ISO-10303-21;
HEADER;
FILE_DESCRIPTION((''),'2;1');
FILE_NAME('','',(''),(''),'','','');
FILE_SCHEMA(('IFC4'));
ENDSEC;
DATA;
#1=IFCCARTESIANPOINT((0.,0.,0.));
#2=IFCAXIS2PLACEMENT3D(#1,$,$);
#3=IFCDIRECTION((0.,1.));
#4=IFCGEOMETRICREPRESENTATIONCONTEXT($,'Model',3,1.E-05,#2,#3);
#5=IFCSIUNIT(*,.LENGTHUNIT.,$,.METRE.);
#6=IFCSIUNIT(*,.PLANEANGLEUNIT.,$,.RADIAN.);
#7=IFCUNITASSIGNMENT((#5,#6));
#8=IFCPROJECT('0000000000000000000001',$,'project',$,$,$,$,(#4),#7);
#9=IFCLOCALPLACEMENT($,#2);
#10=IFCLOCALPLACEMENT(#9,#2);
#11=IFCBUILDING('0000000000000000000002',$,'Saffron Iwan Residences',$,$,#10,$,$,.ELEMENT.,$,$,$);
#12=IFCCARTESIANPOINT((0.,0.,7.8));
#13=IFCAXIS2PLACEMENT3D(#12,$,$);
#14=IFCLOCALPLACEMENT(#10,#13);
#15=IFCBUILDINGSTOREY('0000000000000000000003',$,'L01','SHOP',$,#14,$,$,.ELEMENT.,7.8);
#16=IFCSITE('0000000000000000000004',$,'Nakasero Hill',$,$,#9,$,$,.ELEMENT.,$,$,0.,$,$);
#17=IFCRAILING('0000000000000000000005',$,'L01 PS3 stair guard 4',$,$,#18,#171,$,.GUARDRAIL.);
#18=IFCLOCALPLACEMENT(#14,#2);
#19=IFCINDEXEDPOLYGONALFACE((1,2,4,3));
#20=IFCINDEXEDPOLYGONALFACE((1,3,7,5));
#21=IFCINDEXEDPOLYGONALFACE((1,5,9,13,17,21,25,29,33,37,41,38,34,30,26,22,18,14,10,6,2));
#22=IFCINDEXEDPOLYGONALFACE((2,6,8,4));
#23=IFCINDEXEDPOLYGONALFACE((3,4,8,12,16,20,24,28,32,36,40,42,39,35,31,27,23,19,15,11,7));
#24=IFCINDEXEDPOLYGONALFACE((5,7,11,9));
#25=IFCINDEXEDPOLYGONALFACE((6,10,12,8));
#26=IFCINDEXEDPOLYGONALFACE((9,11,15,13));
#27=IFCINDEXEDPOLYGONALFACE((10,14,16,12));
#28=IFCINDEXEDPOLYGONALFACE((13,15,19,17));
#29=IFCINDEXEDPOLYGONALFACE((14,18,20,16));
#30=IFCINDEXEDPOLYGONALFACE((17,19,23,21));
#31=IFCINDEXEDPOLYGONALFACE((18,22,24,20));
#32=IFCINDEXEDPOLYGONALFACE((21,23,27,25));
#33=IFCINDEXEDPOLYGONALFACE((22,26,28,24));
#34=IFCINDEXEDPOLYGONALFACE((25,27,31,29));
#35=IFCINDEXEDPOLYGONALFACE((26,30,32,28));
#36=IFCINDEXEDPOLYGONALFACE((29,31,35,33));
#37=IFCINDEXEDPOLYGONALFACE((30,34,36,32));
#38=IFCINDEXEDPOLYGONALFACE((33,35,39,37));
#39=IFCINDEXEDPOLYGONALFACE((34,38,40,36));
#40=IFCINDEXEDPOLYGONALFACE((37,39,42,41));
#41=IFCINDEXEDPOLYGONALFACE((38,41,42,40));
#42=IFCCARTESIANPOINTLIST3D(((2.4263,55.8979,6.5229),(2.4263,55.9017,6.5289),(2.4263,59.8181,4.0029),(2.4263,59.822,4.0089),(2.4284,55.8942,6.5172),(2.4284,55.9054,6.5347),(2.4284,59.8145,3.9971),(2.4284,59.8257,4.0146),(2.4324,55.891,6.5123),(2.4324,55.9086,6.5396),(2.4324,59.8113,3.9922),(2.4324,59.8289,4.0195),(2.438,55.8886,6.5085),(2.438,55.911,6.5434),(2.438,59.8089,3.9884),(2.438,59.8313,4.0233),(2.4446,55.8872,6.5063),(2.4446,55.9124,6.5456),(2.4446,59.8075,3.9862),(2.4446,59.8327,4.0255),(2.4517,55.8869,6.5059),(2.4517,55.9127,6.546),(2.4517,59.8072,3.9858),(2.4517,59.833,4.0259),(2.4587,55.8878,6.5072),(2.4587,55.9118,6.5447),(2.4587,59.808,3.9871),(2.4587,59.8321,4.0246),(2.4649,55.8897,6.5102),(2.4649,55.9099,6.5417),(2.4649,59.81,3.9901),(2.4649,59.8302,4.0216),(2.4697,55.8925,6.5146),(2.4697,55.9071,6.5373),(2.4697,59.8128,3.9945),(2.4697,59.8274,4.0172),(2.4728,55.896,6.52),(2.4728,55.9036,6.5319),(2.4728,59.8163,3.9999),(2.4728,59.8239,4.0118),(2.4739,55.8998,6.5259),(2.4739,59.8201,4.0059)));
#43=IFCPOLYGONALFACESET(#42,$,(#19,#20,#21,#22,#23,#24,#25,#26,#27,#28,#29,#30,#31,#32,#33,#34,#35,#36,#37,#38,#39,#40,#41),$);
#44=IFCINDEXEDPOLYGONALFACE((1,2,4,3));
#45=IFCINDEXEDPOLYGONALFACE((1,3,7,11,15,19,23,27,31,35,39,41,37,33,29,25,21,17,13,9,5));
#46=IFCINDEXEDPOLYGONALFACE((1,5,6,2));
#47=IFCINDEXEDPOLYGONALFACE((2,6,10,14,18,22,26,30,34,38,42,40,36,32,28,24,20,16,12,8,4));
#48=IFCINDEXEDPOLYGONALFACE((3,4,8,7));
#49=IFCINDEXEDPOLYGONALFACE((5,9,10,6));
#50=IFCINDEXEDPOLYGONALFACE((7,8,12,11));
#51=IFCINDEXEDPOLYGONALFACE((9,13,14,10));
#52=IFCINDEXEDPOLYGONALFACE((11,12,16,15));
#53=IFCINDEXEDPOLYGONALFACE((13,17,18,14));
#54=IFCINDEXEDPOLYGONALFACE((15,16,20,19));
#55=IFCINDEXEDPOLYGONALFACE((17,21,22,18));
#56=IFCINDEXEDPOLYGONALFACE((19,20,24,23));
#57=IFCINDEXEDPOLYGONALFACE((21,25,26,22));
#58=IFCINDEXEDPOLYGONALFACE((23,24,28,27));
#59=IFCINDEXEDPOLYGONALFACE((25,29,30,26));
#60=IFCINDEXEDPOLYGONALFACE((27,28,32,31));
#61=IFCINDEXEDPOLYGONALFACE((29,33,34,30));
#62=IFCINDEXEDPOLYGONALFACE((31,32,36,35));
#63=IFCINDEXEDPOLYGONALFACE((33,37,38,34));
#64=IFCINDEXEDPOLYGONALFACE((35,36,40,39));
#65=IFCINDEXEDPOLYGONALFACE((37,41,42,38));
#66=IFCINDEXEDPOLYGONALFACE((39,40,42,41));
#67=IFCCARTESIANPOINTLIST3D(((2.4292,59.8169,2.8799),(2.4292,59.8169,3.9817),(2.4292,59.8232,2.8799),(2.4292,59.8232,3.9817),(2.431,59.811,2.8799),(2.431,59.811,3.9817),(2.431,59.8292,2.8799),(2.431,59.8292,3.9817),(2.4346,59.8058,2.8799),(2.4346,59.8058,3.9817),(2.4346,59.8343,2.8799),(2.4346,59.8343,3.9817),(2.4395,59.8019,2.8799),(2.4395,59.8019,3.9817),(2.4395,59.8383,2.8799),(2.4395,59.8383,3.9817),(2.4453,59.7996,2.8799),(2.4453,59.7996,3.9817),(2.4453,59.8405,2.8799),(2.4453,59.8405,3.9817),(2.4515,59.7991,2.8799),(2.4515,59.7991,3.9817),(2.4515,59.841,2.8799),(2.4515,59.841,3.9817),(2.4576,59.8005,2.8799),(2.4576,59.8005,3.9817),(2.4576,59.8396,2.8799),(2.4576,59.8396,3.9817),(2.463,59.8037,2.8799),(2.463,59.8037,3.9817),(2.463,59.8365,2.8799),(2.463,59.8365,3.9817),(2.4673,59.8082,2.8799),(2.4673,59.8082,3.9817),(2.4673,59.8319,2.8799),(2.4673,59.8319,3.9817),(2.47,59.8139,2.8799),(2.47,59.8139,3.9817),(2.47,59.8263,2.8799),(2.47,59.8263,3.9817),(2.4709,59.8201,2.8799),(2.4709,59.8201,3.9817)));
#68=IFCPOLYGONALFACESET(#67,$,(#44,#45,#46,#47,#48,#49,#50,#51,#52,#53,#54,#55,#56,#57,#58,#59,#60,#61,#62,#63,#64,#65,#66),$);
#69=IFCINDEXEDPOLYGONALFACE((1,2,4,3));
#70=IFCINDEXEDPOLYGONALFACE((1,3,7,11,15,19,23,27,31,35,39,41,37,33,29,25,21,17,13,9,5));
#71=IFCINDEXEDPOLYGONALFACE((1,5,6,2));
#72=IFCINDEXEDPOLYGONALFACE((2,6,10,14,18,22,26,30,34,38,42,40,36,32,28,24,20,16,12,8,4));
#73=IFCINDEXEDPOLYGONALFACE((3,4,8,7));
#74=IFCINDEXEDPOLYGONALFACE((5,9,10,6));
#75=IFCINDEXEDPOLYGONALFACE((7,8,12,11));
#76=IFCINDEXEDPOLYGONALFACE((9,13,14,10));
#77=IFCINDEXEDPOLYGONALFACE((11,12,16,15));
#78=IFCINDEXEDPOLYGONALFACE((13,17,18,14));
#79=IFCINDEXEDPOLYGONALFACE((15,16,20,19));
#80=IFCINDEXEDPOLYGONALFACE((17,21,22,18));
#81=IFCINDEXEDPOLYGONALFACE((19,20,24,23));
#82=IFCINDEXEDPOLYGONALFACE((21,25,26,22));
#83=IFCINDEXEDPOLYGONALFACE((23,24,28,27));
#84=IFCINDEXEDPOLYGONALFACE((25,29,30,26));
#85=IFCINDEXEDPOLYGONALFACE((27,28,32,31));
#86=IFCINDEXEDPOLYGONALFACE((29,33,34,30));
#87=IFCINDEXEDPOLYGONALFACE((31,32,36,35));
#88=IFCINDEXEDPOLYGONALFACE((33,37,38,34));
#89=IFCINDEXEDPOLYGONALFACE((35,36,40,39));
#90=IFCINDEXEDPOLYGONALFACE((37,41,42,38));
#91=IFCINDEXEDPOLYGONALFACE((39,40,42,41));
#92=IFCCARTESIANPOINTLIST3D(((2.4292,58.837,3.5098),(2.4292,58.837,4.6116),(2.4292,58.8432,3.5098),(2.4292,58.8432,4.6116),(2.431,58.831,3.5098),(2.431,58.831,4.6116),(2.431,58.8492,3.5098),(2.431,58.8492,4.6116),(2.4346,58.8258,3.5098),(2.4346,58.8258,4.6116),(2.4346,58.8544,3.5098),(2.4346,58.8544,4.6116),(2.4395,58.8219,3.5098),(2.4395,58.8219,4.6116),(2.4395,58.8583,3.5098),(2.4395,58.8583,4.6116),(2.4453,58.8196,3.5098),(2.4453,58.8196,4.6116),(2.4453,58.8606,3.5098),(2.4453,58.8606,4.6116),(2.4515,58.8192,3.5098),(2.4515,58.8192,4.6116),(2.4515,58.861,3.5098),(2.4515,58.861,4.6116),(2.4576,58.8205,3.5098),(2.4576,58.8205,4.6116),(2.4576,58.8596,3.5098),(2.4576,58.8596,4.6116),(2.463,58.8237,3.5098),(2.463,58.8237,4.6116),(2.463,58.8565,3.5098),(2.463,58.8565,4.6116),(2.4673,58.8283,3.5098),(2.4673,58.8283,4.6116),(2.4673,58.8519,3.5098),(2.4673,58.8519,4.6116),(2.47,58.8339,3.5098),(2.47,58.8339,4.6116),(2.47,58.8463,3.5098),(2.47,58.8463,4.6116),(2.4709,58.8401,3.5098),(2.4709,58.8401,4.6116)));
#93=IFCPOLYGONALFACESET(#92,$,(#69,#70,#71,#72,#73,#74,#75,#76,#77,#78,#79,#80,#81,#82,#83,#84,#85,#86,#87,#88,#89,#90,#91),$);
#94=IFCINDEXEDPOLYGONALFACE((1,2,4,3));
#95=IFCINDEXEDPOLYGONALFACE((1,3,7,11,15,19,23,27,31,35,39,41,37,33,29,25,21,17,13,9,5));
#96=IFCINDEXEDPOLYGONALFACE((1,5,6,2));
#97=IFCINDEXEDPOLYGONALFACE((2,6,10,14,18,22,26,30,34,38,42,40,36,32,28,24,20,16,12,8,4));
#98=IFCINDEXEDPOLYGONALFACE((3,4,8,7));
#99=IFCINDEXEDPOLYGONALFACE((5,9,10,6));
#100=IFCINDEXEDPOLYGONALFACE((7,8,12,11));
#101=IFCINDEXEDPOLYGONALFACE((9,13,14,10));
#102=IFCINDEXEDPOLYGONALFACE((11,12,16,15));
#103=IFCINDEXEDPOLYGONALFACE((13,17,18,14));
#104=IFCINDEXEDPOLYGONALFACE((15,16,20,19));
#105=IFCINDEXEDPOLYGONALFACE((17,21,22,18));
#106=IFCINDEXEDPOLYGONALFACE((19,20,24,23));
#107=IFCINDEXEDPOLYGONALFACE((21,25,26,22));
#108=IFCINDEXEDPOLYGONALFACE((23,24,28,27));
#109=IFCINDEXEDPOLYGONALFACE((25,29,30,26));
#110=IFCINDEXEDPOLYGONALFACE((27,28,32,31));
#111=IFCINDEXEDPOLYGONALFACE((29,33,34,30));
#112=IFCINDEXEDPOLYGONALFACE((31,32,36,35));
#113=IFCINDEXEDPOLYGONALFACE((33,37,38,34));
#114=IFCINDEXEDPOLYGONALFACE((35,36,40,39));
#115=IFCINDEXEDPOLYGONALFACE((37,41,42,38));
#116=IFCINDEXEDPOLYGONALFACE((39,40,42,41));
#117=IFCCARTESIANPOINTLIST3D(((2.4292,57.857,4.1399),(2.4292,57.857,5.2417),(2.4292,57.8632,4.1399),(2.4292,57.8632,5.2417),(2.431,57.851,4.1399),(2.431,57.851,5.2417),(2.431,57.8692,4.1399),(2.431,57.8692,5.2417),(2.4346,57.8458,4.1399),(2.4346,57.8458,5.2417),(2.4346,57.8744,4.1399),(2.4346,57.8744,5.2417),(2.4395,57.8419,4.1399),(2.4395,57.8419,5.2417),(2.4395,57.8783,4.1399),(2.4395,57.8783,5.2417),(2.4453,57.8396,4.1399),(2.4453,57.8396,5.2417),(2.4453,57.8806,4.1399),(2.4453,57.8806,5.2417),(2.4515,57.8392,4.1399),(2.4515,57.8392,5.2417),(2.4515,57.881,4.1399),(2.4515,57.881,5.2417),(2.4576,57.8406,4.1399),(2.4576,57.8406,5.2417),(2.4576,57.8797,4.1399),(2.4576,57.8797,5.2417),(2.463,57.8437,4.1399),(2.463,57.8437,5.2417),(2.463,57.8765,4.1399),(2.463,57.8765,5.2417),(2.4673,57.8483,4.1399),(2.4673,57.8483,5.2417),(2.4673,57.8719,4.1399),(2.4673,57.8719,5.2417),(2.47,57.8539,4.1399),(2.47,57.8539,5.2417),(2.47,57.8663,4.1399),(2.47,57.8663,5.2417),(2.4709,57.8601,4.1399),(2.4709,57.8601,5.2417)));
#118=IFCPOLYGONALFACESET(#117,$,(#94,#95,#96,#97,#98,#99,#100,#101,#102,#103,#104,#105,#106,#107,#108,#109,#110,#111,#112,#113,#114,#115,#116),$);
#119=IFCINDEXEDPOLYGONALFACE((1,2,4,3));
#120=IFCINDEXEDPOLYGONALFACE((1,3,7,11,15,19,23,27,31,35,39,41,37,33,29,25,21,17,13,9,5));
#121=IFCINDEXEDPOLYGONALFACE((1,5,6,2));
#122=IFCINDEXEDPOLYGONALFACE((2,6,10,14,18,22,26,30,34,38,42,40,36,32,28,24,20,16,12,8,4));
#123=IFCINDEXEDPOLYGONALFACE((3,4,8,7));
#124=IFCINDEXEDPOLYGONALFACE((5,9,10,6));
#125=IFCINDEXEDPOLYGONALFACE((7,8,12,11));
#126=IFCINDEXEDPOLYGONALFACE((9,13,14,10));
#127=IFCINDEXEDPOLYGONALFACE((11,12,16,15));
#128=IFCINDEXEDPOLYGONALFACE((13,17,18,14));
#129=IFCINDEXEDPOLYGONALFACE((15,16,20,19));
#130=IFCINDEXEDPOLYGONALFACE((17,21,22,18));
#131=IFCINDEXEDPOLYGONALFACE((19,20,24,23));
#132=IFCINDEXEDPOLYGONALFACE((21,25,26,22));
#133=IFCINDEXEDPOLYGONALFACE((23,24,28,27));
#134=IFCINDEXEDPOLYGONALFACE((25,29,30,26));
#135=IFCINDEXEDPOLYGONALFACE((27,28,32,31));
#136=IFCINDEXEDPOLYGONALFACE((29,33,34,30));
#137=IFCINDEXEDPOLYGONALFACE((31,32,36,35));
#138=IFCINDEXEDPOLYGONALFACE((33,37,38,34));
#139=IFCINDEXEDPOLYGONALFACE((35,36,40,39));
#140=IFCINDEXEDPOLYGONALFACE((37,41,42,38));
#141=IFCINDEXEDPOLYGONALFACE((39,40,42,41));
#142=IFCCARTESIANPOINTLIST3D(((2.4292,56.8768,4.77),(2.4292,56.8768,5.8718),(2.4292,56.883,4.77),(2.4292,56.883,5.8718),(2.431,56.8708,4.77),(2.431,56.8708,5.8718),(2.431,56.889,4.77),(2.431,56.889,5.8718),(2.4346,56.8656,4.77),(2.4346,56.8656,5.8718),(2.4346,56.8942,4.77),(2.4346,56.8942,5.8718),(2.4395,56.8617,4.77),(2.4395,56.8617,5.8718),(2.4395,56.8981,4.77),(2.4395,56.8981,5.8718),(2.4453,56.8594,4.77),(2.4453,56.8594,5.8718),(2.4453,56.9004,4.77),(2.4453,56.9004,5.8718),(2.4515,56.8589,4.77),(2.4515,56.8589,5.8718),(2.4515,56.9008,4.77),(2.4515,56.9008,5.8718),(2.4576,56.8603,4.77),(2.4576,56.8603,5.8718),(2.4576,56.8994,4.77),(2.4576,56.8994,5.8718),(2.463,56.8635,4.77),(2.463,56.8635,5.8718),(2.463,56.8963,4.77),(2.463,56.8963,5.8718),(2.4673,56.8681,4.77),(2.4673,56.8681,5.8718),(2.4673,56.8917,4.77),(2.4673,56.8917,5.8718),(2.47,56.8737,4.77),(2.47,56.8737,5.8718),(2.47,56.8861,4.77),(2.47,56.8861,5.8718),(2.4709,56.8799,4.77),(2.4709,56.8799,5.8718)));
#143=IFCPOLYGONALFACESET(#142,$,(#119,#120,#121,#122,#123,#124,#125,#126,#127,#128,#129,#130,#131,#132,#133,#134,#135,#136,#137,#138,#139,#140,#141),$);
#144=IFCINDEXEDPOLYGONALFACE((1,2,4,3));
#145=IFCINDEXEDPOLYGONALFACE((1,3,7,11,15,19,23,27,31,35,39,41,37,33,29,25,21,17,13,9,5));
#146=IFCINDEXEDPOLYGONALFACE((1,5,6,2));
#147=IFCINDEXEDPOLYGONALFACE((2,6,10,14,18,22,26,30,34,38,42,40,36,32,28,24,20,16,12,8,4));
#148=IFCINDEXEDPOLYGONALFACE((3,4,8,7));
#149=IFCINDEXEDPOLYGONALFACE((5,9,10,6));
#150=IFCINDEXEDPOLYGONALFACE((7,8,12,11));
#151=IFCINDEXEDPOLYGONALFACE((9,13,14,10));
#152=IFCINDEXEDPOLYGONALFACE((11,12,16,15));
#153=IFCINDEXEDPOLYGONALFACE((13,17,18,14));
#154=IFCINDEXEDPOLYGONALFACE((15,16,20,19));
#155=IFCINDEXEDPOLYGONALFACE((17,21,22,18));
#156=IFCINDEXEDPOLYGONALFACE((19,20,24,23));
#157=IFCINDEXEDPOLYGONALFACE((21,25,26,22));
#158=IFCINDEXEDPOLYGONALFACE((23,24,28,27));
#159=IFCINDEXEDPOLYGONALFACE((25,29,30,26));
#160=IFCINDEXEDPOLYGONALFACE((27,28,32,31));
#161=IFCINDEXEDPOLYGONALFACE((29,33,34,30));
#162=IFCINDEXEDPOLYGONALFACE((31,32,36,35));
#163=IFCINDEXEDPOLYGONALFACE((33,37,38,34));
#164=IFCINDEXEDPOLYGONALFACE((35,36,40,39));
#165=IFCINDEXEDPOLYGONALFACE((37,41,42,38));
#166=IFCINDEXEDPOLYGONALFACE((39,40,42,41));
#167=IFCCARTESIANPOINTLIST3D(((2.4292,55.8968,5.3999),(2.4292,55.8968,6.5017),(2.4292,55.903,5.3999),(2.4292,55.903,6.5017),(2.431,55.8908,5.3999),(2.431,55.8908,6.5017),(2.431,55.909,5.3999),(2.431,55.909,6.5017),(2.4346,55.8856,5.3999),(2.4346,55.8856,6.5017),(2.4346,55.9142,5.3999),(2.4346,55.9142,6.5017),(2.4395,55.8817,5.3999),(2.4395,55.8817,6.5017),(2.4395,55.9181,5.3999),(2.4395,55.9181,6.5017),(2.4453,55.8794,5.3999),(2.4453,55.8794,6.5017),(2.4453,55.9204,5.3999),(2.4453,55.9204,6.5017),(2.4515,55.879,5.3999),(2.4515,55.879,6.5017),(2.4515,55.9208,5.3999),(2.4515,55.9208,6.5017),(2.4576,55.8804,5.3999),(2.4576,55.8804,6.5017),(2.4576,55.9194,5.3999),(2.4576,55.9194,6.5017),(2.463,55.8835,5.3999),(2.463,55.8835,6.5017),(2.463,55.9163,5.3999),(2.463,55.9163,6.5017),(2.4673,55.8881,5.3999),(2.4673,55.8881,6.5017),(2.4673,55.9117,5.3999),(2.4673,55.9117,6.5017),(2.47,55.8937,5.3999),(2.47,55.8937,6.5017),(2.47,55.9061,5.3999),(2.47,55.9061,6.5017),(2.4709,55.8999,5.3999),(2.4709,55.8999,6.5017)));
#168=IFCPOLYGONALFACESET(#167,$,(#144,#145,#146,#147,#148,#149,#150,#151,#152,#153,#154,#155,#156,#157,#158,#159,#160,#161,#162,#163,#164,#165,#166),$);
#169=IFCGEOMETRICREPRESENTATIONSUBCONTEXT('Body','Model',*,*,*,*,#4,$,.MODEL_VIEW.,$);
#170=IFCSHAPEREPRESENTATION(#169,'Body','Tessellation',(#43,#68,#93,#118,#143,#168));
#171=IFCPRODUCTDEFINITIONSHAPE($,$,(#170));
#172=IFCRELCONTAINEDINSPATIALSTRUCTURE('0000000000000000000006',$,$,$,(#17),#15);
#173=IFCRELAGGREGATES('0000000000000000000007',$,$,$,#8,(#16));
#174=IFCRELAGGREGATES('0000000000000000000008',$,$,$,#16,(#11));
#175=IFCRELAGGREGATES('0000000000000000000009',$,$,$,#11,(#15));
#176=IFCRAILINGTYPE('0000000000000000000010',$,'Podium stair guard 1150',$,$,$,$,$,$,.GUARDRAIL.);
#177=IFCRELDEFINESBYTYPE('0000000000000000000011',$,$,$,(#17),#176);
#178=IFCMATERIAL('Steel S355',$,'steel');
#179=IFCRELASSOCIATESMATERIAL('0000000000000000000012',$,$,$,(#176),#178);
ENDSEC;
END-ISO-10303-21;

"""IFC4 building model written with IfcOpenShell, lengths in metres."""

from ifc_helpers import new_model, si_unit, direction, frame, origin, origin_2d, place, context, subcontext, project, spatial, circle, extrude, material, type_object, element, save


model = new_model("IFC4")

# Units and contexts
model_context = context("Model", 3, precision=1e-05, world=origin(), true_north=direction((0.0, 1.0)))
body_context = subcontext(model_context, "Body", "Model", "MODEL_VIEW")
ifc_project = project(units=[si_unit("LENGTHUNIT", "METRE"), si_unit("PLANEANGLEUNIT", "RADIAN")], contexts=[model_context])

# Site, building, storey
site_placement = place(None, origin())
site = spatial("IfcSite", under=ifc_project, at=site_placement, Name="Nakasero Hill", CompositionType="ELEMENT", RefElevation=0.0)
building_placement = place(site_placement, origin())
building = spatial("IfcBuilding", under=site, at=building_placement, Name="Saffron Iwan Residences", CompositionType="ELEMENT")
storey_placement = place(building_placement, frame((0.0, 0.0, 7.8)))
storey = spatial("IfcBuildingStorey", under=building, at=storey_placement, Name="L01", Description="SHOP", CompositionType="ELEMENT", Elevation=7.8)

# Railing
ifc_material_1 = material(Name="Steel S355", Category="steel")
railing_type_1 = type_object("IfcRailingType", Name="Podium stair guard 1150", PredefinedType="GUARDRAIL", material=ifc_material_1)
railing_1_placement = place(storey_placement, frame((2.45, 59.8201, 2.8799)))
element("IfcRailing", 1, at=railing_1_placement, inside=storey, type_object=railing_type_1, Name="L01 PS3 stair guard 4", PredefinedType="GUARDRAIL", context=body_context, shape_type="SweptSolid", body=[
    extrude(circle(Radius=0.0239, at=origin_2d()), frame((0.0, 0.0, 1.126), z_axis=(0.0, -0.841187, 0.540744), x_axis=(1.0, 0.0, 0.0)), (0.0, 0.0, 1.0), 4.6604),
    extrude(circle(Radius=0.021, at=origin_2d()), origin(), (0.0, 0.0, 1.0), 1.1018),
    extrude(circle(Radius=0.021, at=origin_2d()), frame((0.0, -0.98, 0.6299)), (0.0, 0.0, 1.0), 1.1018),
    extrude(circle(Radius=0.021, at=origin_2d()), frame((0.0, -1.96, 1.26)), (0.0, 0.0, 1.0), 1.1018),
    extrude(circle(Radius=0.021, at=origin_2d()), frame((0.0, -2.9402, 1.8901)), (0.0, 0.0, 1.0), 1.1018),
    extrude(circle(Radius=0.021, at=origin_2d()), frame((0.0, -3.9202, 2.52)), (0.0, 0.0, 1.0), 1.1018),
])

save(model, "model.ifc")
